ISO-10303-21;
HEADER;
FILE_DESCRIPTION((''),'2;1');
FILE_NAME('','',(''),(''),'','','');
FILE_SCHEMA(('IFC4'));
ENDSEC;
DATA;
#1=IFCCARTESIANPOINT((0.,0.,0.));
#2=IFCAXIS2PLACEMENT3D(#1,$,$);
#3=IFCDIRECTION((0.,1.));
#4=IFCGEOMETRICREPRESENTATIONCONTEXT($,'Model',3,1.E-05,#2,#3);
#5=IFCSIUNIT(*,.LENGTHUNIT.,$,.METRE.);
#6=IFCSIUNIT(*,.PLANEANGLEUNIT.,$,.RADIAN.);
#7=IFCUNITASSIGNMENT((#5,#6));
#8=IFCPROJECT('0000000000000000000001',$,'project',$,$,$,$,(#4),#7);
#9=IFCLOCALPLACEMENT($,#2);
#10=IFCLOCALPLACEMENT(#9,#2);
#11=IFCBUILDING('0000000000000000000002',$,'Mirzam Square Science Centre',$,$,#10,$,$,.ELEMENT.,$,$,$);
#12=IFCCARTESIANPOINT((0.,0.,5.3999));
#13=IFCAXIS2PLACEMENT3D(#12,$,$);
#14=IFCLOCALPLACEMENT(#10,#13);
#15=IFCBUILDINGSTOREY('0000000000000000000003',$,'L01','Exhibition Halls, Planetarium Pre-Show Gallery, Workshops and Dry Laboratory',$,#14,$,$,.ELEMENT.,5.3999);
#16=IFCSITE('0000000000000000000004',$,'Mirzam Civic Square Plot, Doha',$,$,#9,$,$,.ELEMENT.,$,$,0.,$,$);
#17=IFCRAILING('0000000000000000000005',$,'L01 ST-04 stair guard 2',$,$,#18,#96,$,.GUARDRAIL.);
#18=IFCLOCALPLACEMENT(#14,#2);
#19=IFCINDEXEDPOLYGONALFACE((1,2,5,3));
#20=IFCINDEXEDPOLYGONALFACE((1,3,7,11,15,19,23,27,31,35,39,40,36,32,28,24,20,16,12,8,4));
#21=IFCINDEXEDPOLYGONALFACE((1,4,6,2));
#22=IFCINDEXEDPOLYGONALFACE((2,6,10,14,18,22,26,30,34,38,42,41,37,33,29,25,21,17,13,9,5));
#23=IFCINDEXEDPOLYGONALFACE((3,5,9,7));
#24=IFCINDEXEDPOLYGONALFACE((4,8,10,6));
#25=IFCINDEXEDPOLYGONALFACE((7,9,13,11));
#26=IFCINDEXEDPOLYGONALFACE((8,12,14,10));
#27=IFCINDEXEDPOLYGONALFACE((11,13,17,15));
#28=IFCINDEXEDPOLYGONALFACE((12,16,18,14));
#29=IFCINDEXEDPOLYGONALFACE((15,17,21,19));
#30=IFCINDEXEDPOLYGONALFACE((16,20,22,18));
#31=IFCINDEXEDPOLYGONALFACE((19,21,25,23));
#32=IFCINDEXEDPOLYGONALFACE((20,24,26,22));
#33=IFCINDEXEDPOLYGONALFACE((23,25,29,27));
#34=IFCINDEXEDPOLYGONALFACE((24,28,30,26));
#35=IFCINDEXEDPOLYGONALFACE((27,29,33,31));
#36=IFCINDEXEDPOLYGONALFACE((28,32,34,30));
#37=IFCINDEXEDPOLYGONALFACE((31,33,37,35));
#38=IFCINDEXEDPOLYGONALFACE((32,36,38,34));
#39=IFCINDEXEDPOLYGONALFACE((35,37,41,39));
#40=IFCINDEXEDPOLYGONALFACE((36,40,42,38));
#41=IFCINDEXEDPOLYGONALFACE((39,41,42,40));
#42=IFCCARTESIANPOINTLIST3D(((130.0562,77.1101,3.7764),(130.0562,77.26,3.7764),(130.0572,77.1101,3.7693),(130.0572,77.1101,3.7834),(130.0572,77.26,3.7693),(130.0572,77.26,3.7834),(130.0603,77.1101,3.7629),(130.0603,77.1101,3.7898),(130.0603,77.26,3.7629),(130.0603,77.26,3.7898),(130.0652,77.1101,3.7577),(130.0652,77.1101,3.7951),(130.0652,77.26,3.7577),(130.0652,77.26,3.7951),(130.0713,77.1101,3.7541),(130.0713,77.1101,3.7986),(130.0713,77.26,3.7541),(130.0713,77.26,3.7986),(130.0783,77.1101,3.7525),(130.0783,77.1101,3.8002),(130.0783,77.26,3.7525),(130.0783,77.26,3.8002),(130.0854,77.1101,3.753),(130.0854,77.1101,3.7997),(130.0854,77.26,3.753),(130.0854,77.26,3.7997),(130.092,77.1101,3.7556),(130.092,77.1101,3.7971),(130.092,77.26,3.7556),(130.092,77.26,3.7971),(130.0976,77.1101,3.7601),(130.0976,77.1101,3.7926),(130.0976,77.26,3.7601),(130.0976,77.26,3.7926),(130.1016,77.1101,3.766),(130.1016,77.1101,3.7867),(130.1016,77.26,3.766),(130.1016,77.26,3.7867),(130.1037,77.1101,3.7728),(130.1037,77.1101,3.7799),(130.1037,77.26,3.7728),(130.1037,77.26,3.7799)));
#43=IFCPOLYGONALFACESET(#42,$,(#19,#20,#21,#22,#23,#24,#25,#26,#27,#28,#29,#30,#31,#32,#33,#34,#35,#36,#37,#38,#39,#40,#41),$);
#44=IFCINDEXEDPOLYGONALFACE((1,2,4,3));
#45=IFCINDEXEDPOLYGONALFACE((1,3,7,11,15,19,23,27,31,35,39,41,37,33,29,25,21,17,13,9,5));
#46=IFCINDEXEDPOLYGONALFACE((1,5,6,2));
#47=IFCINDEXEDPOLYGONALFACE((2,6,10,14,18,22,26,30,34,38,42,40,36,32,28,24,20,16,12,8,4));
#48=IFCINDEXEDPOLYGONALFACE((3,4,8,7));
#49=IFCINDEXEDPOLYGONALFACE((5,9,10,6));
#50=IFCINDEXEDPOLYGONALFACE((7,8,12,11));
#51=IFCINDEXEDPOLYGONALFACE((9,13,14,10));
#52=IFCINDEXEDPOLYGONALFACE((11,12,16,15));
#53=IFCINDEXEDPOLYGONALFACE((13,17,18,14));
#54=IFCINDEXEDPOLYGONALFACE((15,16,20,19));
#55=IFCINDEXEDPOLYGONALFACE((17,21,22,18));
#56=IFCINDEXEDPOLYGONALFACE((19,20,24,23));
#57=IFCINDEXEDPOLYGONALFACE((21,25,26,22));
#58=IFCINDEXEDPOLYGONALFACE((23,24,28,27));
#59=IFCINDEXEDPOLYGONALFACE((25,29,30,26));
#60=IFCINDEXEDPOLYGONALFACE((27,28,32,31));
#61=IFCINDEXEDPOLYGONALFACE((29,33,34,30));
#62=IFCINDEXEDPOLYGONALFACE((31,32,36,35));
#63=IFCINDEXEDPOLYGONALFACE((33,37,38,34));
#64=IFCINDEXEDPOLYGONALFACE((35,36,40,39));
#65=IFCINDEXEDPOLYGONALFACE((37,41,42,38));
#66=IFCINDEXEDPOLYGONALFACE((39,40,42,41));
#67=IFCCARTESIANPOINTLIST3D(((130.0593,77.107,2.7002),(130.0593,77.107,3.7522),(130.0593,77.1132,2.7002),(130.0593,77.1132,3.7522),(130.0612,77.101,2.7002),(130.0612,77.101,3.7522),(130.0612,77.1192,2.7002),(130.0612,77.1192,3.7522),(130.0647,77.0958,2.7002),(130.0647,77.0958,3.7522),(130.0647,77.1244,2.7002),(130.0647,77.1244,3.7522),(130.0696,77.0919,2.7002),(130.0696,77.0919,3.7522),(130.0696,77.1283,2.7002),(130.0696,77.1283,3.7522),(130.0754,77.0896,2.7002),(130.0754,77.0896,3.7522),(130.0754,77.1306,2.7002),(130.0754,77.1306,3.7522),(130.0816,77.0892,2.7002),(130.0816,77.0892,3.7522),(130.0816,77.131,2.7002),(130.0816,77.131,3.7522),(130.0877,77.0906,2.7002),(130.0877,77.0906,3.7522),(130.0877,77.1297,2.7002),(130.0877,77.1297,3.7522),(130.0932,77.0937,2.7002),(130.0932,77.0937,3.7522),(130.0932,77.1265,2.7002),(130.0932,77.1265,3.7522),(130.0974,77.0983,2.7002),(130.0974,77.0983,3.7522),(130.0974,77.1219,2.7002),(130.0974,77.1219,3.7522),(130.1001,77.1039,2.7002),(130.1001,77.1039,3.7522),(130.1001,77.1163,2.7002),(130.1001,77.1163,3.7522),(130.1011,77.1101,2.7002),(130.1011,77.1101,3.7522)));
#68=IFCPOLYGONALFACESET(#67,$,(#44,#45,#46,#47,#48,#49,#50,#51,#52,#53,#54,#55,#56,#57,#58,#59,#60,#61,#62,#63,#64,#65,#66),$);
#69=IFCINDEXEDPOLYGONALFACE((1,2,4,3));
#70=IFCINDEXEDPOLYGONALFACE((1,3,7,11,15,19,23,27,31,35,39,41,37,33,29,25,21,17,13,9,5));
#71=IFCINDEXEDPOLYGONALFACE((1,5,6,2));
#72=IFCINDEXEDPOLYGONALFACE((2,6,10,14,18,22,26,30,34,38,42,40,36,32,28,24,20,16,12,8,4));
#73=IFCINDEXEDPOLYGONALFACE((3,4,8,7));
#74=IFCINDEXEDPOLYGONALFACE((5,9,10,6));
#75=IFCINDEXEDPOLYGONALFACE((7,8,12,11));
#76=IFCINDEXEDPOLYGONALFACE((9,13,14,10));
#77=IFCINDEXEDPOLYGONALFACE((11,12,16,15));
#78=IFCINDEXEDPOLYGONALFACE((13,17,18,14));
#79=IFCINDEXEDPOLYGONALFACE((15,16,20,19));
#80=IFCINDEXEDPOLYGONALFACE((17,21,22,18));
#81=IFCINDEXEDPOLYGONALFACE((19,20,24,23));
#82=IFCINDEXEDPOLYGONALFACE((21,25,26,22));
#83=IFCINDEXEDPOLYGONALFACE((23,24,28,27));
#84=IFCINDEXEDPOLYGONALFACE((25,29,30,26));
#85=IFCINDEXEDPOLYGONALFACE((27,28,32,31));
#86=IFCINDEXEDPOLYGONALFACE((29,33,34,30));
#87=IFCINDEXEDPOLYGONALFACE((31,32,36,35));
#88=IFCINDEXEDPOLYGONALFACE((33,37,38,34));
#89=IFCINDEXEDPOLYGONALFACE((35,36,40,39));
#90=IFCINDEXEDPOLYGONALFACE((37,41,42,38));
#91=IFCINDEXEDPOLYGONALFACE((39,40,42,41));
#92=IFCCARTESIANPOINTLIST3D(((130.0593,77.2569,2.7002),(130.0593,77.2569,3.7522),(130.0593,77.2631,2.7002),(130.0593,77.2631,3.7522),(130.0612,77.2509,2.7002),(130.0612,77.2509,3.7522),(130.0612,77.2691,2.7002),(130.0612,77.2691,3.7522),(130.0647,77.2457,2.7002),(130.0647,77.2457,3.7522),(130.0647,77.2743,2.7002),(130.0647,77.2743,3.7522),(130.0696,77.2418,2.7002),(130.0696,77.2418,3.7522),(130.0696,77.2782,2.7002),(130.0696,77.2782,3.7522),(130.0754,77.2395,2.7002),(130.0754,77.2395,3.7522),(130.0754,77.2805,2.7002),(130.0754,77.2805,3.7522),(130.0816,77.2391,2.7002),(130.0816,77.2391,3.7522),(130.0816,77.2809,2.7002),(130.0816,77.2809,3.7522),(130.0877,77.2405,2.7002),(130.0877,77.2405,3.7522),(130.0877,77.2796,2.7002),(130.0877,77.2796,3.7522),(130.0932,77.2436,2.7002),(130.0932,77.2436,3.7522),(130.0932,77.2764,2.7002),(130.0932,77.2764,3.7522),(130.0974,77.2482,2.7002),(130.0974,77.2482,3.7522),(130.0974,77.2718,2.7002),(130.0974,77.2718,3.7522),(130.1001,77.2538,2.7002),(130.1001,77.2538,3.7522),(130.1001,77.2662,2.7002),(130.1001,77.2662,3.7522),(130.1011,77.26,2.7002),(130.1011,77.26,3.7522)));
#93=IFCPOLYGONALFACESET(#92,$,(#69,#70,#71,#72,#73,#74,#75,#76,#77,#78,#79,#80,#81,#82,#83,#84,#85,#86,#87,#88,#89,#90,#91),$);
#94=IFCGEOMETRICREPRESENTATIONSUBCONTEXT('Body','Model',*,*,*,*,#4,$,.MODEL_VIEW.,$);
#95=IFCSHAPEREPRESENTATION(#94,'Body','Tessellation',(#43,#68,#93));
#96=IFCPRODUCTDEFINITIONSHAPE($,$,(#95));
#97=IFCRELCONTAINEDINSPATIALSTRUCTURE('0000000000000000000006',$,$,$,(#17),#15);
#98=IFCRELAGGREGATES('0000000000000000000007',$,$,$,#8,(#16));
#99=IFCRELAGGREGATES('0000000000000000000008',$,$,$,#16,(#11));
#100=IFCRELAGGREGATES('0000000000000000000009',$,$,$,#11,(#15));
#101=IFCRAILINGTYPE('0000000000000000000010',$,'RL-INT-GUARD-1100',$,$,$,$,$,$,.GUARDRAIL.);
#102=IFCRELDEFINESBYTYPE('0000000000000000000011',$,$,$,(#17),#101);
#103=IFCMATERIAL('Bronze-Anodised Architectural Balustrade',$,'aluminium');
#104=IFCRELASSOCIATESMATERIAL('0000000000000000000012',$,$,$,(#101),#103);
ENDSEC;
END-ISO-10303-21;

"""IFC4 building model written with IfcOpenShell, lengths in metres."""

from ifc_helpers import new_model, si_unit, direction, frame, origin, origin_2d, place, context, subcontext, project, spatial, circle, extrude, material, type_object, element, save


model = new_model("IFC4")

# Units and contexts
model_context = context("Model", 3, precision=1e-05, world=origin(), true_north=direction((0.0, 1.0)))
body_context = subcontext(model_context, "Body", "Model", "MODEL_VIEW")
ifc_project = project(units=[si_unit("LENGTHUNIT", "METRE"), si_unit("PLANEANGLEUNIT", "RADIAN")], contexts=[model_context])

# Site, building, storey
site_placement = place(None, origin())
site = spatial("IfcSite", under=ifc_project, at=site_placement, Name="Mirzam Civic Square Plot, Doha", CompositionType="ELEMENT", RefElevation=0.0)
building_placement = place(site_placement, origin())
building = spatial("IfcBuilding", under=site, at=building_placement, Name="Mirzam Square Science Centre", CompositionType="ELEMENT")
storey_placement = place(building_placement, frame((0.0, 0.0, 5.3999)))
storey = spatial("IfcBuildingStorey", under=building, at=storey_placement, Name="L01", Description="Exhibition Halls, Planetarium Pre-Show Gallery, Workshops and Dry Laboratory", CompositionType="ELEMENT", Elevation=5.3999)

# Railing
ifc_material_1 = material(Name="Bronze-Anodised Architectural Balustrade", Category="aluminium")
railing_type_1 = type_object("IfcRailingType", Name="RL-INT-GUARD-1100", PredefinedType="GUARDRAIL", material=ifc_material_1)
railing_1_placement = place(storey_placement, frame((130.0801, 77.1101, 2.7002)))
element("IfcRailing", 1, at=railing_1_placement, inside=storey, type_object=railing_type_1, Name="L01 ST-04 stair guard 2", PredefinedType="GUARDRAIL", context=body_context, shape_type="SweptSolid", body=[
    extrude(circle(Radius=0.0239, at=origin_2d()), frame((0.0, 0.0, 1.0762), z_axis=(0.0, 1.0, 0.0), x_axis=(-1.0, 0.0, 0.0)), (0.0, 0.0, 1.0), 0.1499),
    extrude(circle(Radius=0.021, at=origin_2d()), origin(), (0.0, 0.0, 1.0), 1.052),
    extrude(circle(Radius=0.021, at=origin_2d()), frame((0.0, 0.1499, 0.0)), (0.0, 0.0, 1.0), 1.052),
])

save(model, "model.ifc")
